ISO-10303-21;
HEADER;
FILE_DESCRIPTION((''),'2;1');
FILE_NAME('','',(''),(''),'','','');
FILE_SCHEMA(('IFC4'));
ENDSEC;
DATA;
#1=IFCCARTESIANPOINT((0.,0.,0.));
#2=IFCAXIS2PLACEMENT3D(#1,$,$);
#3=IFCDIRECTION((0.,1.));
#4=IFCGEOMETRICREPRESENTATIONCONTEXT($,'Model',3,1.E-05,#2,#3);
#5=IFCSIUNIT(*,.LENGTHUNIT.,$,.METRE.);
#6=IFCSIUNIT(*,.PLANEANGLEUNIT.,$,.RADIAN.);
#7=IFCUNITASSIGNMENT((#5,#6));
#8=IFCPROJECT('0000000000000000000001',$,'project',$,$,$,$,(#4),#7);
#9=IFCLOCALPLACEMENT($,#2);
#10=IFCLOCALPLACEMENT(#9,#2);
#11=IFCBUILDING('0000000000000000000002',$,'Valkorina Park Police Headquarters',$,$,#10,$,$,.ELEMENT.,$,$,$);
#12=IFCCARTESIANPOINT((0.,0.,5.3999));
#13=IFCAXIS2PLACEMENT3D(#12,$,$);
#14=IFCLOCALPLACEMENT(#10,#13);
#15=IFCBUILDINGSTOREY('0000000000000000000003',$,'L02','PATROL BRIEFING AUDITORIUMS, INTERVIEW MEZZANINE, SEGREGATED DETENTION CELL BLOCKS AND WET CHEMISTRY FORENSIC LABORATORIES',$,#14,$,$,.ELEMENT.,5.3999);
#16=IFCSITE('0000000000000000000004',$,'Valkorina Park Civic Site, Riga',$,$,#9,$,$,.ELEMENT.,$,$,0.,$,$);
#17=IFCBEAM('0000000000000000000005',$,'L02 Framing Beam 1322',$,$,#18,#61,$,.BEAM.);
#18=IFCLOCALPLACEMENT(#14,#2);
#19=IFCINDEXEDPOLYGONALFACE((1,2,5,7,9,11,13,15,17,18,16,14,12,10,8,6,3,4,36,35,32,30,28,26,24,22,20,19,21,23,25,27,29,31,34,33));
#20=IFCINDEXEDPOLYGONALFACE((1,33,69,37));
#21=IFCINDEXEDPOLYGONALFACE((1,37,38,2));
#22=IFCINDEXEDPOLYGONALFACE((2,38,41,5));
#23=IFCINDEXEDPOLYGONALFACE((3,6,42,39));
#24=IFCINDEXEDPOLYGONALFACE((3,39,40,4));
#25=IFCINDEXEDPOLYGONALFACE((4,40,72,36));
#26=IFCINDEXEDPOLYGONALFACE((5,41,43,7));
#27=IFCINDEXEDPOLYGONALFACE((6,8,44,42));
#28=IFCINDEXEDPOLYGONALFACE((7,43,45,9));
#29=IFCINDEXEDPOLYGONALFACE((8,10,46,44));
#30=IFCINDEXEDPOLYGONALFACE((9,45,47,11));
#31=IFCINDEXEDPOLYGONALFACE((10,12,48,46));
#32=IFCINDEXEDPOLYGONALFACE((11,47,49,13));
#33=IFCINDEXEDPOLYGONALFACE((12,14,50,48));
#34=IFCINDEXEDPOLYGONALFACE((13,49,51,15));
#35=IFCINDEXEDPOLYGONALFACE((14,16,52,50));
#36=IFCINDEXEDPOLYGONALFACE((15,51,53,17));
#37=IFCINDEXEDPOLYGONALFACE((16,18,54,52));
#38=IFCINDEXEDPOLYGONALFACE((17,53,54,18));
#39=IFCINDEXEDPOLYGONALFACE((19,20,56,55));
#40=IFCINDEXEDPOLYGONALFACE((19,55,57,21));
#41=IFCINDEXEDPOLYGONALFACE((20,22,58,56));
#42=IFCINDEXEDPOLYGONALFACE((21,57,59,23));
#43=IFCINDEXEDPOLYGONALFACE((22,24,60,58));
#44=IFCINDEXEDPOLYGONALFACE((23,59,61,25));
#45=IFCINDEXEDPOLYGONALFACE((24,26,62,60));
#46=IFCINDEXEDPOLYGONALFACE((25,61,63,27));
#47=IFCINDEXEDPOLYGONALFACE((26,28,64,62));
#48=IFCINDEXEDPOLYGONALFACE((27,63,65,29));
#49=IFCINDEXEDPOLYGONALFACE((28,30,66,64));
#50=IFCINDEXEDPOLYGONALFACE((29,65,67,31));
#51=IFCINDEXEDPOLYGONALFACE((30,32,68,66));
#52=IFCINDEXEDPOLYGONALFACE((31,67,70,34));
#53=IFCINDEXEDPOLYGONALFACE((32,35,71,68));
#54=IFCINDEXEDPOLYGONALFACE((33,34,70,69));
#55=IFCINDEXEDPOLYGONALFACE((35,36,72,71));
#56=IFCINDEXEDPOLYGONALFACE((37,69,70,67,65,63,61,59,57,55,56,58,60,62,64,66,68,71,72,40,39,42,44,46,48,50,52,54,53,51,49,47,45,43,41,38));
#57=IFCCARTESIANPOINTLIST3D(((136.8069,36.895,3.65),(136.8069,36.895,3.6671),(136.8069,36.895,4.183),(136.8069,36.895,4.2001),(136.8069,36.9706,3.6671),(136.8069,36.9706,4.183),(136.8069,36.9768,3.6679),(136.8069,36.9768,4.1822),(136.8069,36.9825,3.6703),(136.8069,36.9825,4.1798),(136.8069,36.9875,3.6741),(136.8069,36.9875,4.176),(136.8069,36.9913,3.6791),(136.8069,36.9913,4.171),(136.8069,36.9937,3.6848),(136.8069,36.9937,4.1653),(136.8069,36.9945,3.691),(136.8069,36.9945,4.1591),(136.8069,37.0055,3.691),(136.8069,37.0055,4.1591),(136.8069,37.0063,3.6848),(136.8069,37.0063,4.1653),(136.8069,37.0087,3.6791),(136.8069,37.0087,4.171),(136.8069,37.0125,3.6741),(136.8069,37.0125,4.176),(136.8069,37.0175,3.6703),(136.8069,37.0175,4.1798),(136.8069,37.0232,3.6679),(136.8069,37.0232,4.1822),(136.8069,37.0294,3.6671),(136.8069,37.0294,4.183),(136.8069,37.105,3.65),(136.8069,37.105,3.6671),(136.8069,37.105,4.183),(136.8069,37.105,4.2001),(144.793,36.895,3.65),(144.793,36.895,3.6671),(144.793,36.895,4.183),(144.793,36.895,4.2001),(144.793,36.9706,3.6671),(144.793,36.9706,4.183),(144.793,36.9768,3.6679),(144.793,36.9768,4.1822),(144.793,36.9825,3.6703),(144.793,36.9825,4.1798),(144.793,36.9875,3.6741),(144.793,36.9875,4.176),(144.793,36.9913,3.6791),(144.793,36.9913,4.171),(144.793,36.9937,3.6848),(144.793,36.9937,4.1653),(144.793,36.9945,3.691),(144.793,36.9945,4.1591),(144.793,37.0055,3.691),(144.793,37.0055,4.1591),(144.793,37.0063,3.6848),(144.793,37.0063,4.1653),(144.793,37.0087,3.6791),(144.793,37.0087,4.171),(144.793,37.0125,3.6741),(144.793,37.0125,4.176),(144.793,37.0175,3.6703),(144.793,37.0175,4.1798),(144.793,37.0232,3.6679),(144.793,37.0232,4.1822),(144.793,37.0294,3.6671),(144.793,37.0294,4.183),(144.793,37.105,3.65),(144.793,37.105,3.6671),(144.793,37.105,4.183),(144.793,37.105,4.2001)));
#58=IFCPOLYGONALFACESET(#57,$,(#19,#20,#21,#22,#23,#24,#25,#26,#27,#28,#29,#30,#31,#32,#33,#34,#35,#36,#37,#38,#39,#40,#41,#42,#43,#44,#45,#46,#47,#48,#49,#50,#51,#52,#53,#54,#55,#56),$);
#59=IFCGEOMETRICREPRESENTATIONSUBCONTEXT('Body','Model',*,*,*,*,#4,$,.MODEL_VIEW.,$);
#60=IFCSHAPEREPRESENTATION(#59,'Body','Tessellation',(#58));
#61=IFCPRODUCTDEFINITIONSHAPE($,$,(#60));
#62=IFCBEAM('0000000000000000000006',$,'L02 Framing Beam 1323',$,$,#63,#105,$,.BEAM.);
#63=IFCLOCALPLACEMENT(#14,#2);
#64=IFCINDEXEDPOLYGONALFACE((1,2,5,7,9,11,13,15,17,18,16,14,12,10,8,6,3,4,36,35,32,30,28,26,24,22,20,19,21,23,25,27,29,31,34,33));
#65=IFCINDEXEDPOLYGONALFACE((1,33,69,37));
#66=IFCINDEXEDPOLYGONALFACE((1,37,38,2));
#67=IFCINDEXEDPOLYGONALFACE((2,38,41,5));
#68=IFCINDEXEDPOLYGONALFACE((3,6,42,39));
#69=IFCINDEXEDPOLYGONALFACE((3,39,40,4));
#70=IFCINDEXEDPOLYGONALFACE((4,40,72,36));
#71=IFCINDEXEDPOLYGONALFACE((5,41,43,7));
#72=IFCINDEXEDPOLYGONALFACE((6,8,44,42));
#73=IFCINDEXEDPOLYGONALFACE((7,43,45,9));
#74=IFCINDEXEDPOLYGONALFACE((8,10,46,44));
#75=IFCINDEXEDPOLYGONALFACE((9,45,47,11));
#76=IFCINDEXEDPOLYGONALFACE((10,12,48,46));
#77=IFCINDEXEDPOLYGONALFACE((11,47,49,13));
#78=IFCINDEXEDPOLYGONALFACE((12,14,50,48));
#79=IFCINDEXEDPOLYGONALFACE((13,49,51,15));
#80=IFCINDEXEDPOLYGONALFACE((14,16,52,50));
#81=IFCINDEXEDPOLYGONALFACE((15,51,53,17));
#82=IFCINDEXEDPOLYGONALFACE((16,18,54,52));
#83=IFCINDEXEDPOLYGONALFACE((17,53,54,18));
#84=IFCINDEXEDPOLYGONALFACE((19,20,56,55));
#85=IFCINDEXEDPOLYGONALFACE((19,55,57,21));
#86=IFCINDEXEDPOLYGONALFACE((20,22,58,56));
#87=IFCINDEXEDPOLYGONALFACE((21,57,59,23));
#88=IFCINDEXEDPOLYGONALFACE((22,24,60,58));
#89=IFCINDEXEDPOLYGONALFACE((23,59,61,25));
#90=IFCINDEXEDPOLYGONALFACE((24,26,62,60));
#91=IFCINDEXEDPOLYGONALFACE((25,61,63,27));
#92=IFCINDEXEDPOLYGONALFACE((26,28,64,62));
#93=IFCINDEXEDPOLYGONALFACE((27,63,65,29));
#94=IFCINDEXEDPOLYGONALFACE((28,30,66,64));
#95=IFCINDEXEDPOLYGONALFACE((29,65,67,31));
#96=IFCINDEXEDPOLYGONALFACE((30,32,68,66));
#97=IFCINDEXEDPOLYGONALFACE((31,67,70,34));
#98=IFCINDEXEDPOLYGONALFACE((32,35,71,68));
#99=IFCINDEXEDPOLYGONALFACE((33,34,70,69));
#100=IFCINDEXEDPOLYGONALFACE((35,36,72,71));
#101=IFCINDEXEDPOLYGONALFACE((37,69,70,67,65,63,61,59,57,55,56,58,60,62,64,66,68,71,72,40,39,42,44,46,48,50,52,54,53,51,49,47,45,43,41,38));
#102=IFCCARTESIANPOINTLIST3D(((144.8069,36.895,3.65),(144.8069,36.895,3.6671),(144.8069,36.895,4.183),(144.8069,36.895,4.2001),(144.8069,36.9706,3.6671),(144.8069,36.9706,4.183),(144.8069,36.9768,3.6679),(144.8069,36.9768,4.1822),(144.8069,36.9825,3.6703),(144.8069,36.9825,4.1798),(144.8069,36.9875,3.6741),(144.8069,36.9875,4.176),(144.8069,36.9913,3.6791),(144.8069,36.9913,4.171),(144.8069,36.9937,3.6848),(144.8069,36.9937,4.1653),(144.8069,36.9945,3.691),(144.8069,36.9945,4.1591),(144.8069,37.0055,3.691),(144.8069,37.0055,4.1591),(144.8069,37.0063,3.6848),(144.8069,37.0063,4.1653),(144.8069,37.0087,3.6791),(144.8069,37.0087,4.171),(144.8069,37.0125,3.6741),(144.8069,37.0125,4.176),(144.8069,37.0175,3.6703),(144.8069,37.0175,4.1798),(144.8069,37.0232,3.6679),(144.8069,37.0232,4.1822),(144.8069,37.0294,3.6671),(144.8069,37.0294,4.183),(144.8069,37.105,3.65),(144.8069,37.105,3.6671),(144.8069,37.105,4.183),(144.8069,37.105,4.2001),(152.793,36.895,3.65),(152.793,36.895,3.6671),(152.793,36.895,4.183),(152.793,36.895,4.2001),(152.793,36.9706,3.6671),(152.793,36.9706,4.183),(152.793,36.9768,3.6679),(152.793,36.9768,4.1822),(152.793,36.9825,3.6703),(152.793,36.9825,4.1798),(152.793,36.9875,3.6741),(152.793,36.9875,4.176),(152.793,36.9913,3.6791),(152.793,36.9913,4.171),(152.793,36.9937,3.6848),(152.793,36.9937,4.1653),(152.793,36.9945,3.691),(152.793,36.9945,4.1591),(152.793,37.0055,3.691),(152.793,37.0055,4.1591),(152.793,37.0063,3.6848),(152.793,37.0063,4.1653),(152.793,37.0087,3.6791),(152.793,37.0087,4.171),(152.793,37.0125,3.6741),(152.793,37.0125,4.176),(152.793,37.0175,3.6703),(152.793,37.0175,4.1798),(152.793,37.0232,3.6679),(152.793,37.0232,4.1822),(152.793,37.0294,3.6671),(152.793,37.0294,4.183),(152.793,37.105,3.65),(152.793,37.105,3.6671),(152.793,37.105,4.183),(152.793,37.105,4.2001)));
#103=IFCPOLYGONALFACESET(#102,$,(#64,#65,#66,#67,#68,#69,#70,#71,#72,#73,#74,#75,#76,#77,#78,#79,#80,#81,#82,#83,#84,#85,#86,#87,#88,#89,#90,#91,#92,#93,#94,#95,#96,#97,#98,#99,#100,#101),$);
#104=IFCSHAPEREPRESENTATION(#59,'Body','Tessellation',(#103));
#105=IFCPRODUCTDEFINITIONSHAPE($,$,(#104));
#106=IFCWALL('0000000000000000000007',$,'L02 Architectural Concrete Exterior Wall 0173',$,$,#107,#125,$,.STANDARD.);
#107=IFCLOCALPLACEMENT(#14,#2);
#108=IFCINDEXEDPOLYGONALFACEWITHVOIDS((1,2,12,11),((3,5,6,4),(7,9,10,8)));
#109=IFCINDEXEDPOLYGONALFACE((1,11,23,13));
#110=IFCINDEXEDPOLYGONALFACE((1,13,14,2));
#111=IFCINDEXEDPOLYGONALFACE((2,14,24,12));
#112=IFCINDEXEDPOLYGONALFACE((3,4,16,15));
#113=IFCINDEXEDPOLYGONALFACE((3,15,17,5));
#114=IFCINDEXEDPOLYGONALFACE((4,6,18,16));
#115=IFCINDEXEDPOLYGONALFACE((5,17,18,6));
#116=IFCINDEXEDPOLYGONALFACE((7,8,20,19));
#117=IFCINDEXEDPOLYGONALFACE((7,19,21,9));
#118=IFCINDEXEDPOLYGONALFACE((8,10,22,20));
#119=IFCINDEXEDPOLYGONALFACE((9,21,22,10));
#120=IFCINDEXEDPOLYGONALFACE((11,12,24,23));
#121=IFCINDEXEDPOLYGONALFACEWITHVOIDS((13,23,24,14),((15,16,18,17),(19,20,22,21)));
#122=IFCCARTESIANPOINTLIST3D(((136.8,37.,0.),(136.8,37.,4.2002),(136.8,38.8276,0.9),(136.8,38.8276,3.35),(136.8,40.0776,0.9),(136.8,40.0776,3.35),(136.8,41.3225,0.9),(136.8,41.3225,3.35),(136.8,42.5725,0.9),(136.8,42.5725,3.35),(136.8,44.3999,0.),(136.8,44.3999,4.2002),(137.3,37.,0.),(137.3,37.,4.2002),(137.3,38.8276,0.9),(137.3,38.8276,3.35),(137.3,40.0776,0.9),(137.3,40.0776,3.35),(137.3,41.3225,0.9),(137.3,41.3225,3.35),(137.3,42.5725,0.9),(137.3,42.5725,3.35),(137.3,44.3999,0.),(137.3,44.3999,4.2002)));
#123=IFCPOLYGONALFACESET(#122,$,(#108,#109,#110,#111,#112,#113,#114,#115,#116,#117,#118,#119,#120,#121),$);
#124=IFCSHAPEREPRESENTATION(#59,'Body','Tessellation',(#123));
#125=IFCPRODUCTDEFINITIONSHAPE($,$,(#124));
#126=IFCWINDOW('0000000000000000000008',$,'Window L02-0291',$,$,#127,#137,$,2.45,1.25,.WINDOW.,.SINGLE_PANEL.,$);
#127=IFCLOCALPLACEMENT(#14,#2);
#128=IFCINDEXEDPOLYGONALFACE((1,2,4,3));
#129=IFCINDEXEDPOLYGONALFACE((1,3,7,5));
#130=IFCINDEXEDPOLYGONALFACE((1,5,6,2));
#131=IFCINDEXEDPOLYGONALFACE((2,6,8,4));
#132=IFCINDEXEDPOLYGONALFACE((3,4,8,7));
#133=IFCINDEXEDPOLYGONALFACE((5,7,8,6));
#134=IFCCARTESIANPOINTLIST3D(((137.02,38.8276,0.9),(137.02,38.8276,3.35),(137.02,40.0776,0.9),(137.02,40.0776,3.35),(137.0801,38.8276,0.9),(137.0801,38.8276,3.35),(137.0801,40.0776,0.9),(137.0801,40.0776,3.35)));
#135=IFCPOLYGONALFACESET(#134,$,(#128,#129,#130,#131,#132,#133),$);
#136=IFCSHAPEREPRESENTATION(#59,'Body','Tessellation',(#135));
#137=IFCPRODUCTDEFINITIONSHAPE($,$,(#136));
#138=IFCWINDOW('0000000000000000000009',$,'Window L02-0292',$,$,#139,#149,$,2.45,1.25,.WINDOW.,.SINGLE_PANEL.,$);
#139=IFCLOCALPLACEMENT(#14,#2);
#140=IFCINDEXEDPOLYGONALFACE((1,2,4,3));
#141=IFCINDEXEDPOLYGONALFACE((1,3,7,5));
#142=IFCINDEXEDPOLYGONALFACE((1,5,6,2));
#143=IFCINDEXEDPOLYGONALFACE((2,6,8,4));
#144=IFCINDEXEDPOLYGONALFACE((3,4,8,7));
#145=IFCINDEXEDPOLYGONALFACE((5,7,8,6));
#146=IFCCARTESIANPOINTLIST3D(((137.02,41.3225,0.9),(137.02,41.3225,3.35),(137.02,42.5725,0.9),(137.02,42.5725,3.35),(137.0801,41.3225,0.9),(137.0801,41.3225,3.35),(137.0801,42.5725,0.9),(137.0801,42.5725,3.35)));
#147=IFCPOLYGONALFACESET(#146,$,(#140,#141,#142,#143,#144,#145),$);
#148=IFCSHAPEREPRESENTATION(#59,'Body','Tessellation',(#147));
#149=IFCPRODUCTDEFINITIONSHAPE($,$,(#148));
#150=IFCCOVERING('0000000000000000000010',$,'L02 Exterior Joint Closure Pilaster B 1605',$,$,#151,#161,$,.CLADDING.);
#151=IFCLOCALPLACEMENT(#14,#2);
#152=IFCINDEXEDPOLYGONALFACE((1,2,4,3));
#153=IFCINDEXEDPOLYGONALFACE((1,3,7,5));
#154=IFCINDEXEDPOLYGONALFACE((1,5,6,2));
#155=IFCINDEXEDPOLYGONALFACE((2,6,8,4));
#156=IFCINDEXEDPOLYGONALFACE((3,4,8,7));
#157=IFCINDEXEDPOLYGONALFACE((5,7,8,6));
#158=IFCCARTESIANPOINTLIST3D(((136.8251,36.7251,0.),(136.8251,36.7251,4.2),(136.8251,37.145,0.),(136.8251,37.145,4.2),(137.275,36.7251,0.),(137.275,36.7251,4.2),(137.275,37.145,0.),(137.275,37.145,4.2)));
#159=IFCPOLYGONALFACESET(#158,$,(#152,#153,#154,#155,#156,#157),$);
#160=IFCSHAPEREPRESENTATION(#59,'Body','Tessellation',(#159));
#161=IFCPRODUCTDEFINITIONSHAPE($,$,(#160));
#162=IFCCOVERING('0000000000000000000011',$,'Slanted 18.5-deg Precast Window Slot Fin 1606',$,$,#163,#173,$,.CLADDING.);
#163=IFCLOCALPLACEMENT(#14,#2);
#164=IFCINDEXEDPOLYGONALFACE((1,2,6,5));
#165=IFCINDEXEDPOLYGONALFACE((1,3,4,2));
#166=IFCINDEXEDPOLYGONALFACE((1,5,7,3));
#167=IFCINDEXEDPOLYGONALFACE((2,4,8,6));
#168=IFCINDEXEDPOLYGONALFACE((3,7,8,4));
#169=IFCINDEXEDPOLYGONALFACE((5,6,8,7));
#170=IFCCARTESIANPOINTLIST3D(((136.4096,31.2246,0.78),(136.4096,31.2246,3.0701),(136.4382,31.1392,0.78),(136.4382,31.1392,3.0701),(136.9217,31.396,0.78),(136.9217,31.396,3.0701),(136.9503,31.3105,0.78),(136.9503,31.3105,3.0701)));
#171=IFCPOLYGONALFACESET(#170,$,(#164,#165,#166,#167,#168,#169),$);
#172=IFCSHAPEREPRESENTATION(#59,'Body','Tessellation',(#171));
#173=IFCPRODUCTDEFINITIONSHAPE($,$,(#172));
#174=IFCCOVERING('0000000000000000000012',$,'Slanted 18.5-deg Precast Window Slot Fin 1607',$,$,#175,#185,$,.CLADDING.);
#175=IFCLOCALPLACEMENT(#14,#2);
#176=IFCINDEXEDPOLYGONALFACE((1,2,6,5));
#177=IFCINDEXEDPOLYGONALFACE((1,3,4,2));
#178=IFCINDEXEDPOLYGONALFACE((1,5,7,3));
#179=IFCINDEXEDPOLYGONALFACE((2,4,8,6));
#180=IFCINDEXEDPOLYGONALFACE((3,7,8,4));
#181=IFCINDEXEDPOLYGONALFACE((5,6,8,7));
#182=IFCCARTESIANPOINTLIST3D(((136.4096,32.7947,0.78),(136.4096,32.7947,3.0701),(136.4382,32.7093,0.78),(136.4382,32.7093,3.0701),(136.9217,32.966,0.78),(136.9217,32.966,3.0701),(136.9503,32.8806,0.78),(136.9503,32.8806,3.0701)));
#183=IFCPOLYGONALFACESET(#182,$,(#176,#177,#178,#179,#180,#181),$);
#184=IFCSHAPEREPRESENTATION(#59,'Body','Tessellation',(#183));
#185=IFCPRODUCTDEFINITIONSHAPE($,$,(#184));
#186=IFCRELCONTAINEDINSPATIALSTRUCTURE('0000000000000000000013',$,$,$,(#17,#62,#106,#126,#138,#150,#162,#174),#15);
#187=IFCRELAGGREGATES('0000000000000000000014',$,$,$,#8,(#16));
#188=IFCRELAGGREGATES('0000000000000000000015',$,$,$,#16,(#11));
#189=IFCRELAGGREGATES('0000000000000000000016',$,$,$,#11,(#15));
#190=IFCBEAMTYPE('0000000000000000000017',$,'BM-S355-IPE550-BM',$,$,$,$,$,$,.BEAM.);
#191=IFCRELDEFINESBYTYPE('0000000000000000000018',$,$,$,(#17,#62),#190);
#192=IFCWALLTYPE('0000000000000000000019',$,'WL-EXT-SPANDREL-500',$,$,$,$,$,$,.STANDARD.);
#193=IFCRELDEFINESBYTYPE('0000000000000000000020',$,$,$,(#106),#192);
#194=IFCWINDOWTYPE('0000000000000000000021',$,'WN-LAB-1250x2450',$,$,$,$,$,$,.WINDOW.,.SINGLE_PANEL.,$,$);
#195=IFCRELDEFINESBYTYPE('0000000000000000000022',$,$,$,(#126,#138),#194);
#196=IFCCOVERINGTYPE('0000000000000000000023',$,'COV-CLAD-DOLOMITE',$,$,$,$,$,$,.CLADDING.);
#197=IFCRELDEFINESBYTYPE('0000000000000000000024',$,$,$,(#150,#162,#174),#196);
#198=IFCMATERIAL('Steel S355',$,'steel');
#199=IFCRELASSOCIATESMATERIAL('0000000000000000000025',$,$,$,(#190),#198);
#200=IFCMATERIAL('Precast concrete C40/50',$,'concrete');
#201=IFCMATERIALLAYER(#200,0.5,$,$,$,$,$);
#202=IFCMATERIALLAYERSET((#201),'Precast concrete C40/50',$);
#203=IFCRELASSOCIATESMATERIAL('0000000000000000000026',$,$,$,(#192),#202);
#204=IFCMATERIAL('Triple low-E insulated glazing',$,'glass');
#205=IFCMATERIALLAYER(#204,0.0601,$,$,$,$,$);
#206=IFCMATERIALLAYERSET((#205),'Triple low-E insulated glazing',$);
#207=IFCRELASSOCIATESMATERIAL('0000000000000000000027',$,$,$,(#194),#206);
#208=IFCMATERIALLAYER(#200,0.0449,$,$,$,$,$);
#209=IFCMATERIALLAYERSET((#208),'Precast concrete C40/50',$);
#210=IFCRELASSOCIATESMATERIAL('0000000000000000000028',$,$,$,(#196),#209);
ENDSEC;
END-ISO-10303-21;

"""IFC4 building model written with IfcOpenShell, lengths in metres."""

from ifc_helpers import new_model, si_unit, direction, frame, frame_2d, origin, origin_2d, place, context, subcontext, project, spatial, rectangle, i_section, extrude, material, layer, layer_set, material_profile, profile_set, type_object, element, fill, save


model = new_model("IFC4")

# Units and contexts
model_context = context("Model", 3, precision=1e-05, world=origin(), true_north=direction((0.0, 1.0)))
body_context = subcontext(model_context, "Body", "Model", "MODEL_VIEW")
ifc_project = project(units=[si_unit("LENGTHUNIT", "METRE"), si_unit("PLANEANGLEUNIT", "RADIAN")], contexts=[model_context])

# Site, building, storey
site_placement = place(None, origin())
site = spatial("IfcSite", under=ifc_project, at=site_placement, Name="Valkorina Park Civic Site, Riga", CompositionType="ELEMENT", RefElevation=0.0)
building_placement = place(site_placement, origin())
building = spatial("IfcBuilding", under=site, at=building_placement, Name="Valkorina Park Police Headquarters", CompositionType="ELEMENT")
storey_placement = place(building_placement, frame((0.0, 0.0, 5.3999)))
storey = spatial("IfcBuildingStorey", under=building, at=storey_placement, Name="L02", Description="PATROL BRIEFING AUDITORIUMS, INTERVIEW MEZZANINE, SEGREGATED DETENTION CELL BLOCKS AND WET CHEMISTRY FORENSIC LABORATORIES", CompositionType="ELEMENT", Elevation=5.3999)

# Shared definitions
ifc_material_1 = material(Name="Steel S355", Category="steel")

# Beams
ifc_material_profile_1 = material_profile(ifc_material_1, i_section(OverallWidth=0.21, OverallDepth=0.55, WebThickness=0.011, FlangeThickness=0.0171, FilletRadius=0.0239, at=origin_2d()), Name="IPE 550")
ifc_profile_set_1 = profile_set([ifc_material_profile_1], Name="Steel S355")
beam_type_1 = type_object("IfcBeamType", Name="BM-S355-IPE550-BM", PredefinedType="BEAM", material=ifc_profile_set_1)
for number, where, z_axis, x_axis, name in (
    (1, (136.8069, 37.0, 3.925), (1.0, 0.0, 0.0), (0.0, 1.0, 0.0), "L02 Framing Beam 1322"),
    (2, (144.8069, 37.0, 3.925), (1.0, 0.0, 0.0), (0.0, 1.0, 0.0), "L02 Framing Beam 1323"),
):
    element("IfcBeam", number, at=place(storey_placement, frame(where, z_axis=z_axis, x_axis=x_axis)), inside=storey, type_object=beam_type_1, Name=name, PredefinedType="BEAM", context=body_context, shape_type="SweptSolid", body=[
        extrude(i_section(OverallWidth=0.21, OverallDepth=0.55, WebThickness=0.011, FlangeThickness=0.0171, FilletRadius=0.0239, at=origin_2d()), origin(), (0.0, 0.0, 1.0), 7.9861),
    ])

# Wall, openings, windows
ifc_material_2 = material(Name="Precast concrete C40/50", Category="concrete")
ifc_layer_1 = layer(ifc_material_2, 0.5)
ifc_layer_set_1 = layer_set([ifc_layer_1], Name="Precast concrete C40/50")
wall_type = type_object("IfcWallType", Name="WL-EXT-SPANDREL-500", PredefinedType="STANDARD", material=ifc_layer_set_1)
wall_placement = place(storey_placement, frame((137.05, 37.0, 0.0), z_axis=(0.0, 0.0, 1.0), x_axis=(0.0, 1.0, 0.0)))
wall = element("IfcWall", 3, at=wall_placement, inside=storey, type_object=wall_type, Name="L02 Architectural Concrete Exterior Wall 0173", PredefinedType="STANDARD", context=body_context, shape_type="SweptSolid", body=[
    extrude(rectangle(XDim=7.3999, YDim=0.5, at=frame_2d((3.7, 0.0))), origin(), (0.0, 0.0, 1.0), 4.2002),
])
opening_1_placement = place(wall_placement, frame((1.8276, 0.0, 0.8999)))
opening_1 = element("IfcOpeningElement", 4, at=opening_1_placement, cuts=wall, PredefinedType="OPENING", context=body_context, shape_type="SweptSolid", body=[
    extrude(rectangle(XDim=1.25, YDim=2.45, at=frame_2d((0.625, 1.2251))), frame((0.0, 0.26, 0.0), z_axis=(0.0, -1.0, 0.0), x_axis=(1.0, 0.0, 0.0)), (0.0, 0.0, 1.0), 0.52),
])
opening_2_placement = place(wall_placement, frame((4.3225, 0.0, 0.8999)))
opening_2 = element("IfcOpeningElement", 5, at=opening_2_placement, cuts=wall, PredefinedType="OPENING", context=body_context, shape_type="SweptSolid", body=[
    extrude(rectangle(XDim=1.25, YDim=2.45, at=frame_2d((0.625, 1.2251))), frame((0.0, 0.26, 0.0), z_axis=(0.0, -1.0, 0.0), x_axis=(1.0, 0.0, 0.0)), (0.0, 0.0, 1.0), 0.52),
])
ifc_material_3 = material(Name="Triple low-E insulated glazing", Category="glass")
ifc_layer_2 = layer(ifc_material_3, 0.0601)
ifc_layer_set_2 = layer_set([ifc_layer_2], Name="Triple low-E insulated glazing")
window_type = type_object("IfcWindowType", Name="WN-LAB-1250x2450", PartitioningType="SINGLE_PANEL", PredefinedType="WINDOW", material=ifc_layer_set_2)
window_1_placement = place(opening_1_placement, origin())
window_1 = element("IfcWindow", 6, at=window_1_placement, inside=storey, type_object=window_type, Name="Window L02-0291", OverallHeight=2.45, OverallWidth=1.25, PartitioningType="SINGLE_PANEL", PredefinedType="WINDOW", context=body_context, shape_type="SweptSolid", body=[
    extrude(rectangle(XDim=1.25, YDim=2.45, at=frame_2d((0.625, 1.2251))), frame((0.0, 0.03, 0.0), z_axis=(0.0, -1.0, 0.0), x_axis=(1.0, 0.0, 0.0)), (0.0, 0.0, 1.0), 0.0601),
])
fill(opening_1, window_1)
window_2_placement = place(opening_2_placement, origin())
window_2 = element("IfcWindow", 7, at=window_2_placement, inside=storey, type_object=window_type, Name="Window L02-0292", OverallHeight=2.45, OverallWidth=1.25, PartitioningType="SINGLE_PANEL", PredefinedType="WINDOW", context=body_context, shape_type="SweptSolid", body=[
    extrude(rectangle(XDim=1.25, YDim=2.45, at=frame_2d((0.625, 1.2251))), frame((0.0, 0.03, 0.0), z_axis=(0.0, -1.0, 0.0), x_axis=(1.0, 0.0, 0.0)), (0.0, 0.0, 1.0), 0.0601),
])
fill(opening_2, window_2)

# Coverings
ifc_layer_3 = layer(ifc_material_2, 0.0449)
ifc_layer_set_3 = layer_set([ifc_layer_3], Name="Precast concrete C40/50")
covering_type = type_object("IfcCoveringType", Name="COV-CLAD-DOLOMITE", PredefinedType="CLADDING", material=ifc_layer_set_3)
covering_1_placement = place(storey_placement, frame((137.05, 36.9351, 0.0), z_axis=(0.0, 0.0, 1.0), x_axis=(0.0, 1.0, 0.0)))
element("IfcCovering", 8, at=covering_1_placement, inside=storey, type_object=covering_type, Name="L02 Exterior Joint Closure Pilaster B 1605", PredefinedType="CLADDING", context=body_context, shape_type="SweptSolid", body=[
    extrude(rectangle(XDim=0.4199, YDim=0.45, at=origin_2d()), origin(), (0.0, 0.0, 1.0), 4.2),
])
for number, where, z_axis, x_axis, name in (
    (9, (136.6799, 31.2676, 0.78), (0.0, 0.0, 1.0), (-0.948324, -0.317305, 0.0), "Slanted 18.5-deg Precast Window Slot Fin 1606"),
    (10, (136.6799, 32.8376, 0.78), (0.0, 0.0, 1.0), (-0.948324, -0.317305, 0.0), "Slanted 18.5-deg Precast Window Slot Fin 1607"),
):
    element("IfcCovering", number, at=place(storey_placement, frame(where, z_axis=z_axis, x_axis=x_axis)), inside=storey, type_object=covering_type, Name=name, PredefinedType="CLADDING", context=body_context, shape_type="SweptSolid", body=[
        extrude(rectangle(XDim=0.54, YDim=0.0901, at=origin_2d()), origin(), (0.0, 0.0, 1.0), 2.29),
    ])

save(model, "model.ifc")
